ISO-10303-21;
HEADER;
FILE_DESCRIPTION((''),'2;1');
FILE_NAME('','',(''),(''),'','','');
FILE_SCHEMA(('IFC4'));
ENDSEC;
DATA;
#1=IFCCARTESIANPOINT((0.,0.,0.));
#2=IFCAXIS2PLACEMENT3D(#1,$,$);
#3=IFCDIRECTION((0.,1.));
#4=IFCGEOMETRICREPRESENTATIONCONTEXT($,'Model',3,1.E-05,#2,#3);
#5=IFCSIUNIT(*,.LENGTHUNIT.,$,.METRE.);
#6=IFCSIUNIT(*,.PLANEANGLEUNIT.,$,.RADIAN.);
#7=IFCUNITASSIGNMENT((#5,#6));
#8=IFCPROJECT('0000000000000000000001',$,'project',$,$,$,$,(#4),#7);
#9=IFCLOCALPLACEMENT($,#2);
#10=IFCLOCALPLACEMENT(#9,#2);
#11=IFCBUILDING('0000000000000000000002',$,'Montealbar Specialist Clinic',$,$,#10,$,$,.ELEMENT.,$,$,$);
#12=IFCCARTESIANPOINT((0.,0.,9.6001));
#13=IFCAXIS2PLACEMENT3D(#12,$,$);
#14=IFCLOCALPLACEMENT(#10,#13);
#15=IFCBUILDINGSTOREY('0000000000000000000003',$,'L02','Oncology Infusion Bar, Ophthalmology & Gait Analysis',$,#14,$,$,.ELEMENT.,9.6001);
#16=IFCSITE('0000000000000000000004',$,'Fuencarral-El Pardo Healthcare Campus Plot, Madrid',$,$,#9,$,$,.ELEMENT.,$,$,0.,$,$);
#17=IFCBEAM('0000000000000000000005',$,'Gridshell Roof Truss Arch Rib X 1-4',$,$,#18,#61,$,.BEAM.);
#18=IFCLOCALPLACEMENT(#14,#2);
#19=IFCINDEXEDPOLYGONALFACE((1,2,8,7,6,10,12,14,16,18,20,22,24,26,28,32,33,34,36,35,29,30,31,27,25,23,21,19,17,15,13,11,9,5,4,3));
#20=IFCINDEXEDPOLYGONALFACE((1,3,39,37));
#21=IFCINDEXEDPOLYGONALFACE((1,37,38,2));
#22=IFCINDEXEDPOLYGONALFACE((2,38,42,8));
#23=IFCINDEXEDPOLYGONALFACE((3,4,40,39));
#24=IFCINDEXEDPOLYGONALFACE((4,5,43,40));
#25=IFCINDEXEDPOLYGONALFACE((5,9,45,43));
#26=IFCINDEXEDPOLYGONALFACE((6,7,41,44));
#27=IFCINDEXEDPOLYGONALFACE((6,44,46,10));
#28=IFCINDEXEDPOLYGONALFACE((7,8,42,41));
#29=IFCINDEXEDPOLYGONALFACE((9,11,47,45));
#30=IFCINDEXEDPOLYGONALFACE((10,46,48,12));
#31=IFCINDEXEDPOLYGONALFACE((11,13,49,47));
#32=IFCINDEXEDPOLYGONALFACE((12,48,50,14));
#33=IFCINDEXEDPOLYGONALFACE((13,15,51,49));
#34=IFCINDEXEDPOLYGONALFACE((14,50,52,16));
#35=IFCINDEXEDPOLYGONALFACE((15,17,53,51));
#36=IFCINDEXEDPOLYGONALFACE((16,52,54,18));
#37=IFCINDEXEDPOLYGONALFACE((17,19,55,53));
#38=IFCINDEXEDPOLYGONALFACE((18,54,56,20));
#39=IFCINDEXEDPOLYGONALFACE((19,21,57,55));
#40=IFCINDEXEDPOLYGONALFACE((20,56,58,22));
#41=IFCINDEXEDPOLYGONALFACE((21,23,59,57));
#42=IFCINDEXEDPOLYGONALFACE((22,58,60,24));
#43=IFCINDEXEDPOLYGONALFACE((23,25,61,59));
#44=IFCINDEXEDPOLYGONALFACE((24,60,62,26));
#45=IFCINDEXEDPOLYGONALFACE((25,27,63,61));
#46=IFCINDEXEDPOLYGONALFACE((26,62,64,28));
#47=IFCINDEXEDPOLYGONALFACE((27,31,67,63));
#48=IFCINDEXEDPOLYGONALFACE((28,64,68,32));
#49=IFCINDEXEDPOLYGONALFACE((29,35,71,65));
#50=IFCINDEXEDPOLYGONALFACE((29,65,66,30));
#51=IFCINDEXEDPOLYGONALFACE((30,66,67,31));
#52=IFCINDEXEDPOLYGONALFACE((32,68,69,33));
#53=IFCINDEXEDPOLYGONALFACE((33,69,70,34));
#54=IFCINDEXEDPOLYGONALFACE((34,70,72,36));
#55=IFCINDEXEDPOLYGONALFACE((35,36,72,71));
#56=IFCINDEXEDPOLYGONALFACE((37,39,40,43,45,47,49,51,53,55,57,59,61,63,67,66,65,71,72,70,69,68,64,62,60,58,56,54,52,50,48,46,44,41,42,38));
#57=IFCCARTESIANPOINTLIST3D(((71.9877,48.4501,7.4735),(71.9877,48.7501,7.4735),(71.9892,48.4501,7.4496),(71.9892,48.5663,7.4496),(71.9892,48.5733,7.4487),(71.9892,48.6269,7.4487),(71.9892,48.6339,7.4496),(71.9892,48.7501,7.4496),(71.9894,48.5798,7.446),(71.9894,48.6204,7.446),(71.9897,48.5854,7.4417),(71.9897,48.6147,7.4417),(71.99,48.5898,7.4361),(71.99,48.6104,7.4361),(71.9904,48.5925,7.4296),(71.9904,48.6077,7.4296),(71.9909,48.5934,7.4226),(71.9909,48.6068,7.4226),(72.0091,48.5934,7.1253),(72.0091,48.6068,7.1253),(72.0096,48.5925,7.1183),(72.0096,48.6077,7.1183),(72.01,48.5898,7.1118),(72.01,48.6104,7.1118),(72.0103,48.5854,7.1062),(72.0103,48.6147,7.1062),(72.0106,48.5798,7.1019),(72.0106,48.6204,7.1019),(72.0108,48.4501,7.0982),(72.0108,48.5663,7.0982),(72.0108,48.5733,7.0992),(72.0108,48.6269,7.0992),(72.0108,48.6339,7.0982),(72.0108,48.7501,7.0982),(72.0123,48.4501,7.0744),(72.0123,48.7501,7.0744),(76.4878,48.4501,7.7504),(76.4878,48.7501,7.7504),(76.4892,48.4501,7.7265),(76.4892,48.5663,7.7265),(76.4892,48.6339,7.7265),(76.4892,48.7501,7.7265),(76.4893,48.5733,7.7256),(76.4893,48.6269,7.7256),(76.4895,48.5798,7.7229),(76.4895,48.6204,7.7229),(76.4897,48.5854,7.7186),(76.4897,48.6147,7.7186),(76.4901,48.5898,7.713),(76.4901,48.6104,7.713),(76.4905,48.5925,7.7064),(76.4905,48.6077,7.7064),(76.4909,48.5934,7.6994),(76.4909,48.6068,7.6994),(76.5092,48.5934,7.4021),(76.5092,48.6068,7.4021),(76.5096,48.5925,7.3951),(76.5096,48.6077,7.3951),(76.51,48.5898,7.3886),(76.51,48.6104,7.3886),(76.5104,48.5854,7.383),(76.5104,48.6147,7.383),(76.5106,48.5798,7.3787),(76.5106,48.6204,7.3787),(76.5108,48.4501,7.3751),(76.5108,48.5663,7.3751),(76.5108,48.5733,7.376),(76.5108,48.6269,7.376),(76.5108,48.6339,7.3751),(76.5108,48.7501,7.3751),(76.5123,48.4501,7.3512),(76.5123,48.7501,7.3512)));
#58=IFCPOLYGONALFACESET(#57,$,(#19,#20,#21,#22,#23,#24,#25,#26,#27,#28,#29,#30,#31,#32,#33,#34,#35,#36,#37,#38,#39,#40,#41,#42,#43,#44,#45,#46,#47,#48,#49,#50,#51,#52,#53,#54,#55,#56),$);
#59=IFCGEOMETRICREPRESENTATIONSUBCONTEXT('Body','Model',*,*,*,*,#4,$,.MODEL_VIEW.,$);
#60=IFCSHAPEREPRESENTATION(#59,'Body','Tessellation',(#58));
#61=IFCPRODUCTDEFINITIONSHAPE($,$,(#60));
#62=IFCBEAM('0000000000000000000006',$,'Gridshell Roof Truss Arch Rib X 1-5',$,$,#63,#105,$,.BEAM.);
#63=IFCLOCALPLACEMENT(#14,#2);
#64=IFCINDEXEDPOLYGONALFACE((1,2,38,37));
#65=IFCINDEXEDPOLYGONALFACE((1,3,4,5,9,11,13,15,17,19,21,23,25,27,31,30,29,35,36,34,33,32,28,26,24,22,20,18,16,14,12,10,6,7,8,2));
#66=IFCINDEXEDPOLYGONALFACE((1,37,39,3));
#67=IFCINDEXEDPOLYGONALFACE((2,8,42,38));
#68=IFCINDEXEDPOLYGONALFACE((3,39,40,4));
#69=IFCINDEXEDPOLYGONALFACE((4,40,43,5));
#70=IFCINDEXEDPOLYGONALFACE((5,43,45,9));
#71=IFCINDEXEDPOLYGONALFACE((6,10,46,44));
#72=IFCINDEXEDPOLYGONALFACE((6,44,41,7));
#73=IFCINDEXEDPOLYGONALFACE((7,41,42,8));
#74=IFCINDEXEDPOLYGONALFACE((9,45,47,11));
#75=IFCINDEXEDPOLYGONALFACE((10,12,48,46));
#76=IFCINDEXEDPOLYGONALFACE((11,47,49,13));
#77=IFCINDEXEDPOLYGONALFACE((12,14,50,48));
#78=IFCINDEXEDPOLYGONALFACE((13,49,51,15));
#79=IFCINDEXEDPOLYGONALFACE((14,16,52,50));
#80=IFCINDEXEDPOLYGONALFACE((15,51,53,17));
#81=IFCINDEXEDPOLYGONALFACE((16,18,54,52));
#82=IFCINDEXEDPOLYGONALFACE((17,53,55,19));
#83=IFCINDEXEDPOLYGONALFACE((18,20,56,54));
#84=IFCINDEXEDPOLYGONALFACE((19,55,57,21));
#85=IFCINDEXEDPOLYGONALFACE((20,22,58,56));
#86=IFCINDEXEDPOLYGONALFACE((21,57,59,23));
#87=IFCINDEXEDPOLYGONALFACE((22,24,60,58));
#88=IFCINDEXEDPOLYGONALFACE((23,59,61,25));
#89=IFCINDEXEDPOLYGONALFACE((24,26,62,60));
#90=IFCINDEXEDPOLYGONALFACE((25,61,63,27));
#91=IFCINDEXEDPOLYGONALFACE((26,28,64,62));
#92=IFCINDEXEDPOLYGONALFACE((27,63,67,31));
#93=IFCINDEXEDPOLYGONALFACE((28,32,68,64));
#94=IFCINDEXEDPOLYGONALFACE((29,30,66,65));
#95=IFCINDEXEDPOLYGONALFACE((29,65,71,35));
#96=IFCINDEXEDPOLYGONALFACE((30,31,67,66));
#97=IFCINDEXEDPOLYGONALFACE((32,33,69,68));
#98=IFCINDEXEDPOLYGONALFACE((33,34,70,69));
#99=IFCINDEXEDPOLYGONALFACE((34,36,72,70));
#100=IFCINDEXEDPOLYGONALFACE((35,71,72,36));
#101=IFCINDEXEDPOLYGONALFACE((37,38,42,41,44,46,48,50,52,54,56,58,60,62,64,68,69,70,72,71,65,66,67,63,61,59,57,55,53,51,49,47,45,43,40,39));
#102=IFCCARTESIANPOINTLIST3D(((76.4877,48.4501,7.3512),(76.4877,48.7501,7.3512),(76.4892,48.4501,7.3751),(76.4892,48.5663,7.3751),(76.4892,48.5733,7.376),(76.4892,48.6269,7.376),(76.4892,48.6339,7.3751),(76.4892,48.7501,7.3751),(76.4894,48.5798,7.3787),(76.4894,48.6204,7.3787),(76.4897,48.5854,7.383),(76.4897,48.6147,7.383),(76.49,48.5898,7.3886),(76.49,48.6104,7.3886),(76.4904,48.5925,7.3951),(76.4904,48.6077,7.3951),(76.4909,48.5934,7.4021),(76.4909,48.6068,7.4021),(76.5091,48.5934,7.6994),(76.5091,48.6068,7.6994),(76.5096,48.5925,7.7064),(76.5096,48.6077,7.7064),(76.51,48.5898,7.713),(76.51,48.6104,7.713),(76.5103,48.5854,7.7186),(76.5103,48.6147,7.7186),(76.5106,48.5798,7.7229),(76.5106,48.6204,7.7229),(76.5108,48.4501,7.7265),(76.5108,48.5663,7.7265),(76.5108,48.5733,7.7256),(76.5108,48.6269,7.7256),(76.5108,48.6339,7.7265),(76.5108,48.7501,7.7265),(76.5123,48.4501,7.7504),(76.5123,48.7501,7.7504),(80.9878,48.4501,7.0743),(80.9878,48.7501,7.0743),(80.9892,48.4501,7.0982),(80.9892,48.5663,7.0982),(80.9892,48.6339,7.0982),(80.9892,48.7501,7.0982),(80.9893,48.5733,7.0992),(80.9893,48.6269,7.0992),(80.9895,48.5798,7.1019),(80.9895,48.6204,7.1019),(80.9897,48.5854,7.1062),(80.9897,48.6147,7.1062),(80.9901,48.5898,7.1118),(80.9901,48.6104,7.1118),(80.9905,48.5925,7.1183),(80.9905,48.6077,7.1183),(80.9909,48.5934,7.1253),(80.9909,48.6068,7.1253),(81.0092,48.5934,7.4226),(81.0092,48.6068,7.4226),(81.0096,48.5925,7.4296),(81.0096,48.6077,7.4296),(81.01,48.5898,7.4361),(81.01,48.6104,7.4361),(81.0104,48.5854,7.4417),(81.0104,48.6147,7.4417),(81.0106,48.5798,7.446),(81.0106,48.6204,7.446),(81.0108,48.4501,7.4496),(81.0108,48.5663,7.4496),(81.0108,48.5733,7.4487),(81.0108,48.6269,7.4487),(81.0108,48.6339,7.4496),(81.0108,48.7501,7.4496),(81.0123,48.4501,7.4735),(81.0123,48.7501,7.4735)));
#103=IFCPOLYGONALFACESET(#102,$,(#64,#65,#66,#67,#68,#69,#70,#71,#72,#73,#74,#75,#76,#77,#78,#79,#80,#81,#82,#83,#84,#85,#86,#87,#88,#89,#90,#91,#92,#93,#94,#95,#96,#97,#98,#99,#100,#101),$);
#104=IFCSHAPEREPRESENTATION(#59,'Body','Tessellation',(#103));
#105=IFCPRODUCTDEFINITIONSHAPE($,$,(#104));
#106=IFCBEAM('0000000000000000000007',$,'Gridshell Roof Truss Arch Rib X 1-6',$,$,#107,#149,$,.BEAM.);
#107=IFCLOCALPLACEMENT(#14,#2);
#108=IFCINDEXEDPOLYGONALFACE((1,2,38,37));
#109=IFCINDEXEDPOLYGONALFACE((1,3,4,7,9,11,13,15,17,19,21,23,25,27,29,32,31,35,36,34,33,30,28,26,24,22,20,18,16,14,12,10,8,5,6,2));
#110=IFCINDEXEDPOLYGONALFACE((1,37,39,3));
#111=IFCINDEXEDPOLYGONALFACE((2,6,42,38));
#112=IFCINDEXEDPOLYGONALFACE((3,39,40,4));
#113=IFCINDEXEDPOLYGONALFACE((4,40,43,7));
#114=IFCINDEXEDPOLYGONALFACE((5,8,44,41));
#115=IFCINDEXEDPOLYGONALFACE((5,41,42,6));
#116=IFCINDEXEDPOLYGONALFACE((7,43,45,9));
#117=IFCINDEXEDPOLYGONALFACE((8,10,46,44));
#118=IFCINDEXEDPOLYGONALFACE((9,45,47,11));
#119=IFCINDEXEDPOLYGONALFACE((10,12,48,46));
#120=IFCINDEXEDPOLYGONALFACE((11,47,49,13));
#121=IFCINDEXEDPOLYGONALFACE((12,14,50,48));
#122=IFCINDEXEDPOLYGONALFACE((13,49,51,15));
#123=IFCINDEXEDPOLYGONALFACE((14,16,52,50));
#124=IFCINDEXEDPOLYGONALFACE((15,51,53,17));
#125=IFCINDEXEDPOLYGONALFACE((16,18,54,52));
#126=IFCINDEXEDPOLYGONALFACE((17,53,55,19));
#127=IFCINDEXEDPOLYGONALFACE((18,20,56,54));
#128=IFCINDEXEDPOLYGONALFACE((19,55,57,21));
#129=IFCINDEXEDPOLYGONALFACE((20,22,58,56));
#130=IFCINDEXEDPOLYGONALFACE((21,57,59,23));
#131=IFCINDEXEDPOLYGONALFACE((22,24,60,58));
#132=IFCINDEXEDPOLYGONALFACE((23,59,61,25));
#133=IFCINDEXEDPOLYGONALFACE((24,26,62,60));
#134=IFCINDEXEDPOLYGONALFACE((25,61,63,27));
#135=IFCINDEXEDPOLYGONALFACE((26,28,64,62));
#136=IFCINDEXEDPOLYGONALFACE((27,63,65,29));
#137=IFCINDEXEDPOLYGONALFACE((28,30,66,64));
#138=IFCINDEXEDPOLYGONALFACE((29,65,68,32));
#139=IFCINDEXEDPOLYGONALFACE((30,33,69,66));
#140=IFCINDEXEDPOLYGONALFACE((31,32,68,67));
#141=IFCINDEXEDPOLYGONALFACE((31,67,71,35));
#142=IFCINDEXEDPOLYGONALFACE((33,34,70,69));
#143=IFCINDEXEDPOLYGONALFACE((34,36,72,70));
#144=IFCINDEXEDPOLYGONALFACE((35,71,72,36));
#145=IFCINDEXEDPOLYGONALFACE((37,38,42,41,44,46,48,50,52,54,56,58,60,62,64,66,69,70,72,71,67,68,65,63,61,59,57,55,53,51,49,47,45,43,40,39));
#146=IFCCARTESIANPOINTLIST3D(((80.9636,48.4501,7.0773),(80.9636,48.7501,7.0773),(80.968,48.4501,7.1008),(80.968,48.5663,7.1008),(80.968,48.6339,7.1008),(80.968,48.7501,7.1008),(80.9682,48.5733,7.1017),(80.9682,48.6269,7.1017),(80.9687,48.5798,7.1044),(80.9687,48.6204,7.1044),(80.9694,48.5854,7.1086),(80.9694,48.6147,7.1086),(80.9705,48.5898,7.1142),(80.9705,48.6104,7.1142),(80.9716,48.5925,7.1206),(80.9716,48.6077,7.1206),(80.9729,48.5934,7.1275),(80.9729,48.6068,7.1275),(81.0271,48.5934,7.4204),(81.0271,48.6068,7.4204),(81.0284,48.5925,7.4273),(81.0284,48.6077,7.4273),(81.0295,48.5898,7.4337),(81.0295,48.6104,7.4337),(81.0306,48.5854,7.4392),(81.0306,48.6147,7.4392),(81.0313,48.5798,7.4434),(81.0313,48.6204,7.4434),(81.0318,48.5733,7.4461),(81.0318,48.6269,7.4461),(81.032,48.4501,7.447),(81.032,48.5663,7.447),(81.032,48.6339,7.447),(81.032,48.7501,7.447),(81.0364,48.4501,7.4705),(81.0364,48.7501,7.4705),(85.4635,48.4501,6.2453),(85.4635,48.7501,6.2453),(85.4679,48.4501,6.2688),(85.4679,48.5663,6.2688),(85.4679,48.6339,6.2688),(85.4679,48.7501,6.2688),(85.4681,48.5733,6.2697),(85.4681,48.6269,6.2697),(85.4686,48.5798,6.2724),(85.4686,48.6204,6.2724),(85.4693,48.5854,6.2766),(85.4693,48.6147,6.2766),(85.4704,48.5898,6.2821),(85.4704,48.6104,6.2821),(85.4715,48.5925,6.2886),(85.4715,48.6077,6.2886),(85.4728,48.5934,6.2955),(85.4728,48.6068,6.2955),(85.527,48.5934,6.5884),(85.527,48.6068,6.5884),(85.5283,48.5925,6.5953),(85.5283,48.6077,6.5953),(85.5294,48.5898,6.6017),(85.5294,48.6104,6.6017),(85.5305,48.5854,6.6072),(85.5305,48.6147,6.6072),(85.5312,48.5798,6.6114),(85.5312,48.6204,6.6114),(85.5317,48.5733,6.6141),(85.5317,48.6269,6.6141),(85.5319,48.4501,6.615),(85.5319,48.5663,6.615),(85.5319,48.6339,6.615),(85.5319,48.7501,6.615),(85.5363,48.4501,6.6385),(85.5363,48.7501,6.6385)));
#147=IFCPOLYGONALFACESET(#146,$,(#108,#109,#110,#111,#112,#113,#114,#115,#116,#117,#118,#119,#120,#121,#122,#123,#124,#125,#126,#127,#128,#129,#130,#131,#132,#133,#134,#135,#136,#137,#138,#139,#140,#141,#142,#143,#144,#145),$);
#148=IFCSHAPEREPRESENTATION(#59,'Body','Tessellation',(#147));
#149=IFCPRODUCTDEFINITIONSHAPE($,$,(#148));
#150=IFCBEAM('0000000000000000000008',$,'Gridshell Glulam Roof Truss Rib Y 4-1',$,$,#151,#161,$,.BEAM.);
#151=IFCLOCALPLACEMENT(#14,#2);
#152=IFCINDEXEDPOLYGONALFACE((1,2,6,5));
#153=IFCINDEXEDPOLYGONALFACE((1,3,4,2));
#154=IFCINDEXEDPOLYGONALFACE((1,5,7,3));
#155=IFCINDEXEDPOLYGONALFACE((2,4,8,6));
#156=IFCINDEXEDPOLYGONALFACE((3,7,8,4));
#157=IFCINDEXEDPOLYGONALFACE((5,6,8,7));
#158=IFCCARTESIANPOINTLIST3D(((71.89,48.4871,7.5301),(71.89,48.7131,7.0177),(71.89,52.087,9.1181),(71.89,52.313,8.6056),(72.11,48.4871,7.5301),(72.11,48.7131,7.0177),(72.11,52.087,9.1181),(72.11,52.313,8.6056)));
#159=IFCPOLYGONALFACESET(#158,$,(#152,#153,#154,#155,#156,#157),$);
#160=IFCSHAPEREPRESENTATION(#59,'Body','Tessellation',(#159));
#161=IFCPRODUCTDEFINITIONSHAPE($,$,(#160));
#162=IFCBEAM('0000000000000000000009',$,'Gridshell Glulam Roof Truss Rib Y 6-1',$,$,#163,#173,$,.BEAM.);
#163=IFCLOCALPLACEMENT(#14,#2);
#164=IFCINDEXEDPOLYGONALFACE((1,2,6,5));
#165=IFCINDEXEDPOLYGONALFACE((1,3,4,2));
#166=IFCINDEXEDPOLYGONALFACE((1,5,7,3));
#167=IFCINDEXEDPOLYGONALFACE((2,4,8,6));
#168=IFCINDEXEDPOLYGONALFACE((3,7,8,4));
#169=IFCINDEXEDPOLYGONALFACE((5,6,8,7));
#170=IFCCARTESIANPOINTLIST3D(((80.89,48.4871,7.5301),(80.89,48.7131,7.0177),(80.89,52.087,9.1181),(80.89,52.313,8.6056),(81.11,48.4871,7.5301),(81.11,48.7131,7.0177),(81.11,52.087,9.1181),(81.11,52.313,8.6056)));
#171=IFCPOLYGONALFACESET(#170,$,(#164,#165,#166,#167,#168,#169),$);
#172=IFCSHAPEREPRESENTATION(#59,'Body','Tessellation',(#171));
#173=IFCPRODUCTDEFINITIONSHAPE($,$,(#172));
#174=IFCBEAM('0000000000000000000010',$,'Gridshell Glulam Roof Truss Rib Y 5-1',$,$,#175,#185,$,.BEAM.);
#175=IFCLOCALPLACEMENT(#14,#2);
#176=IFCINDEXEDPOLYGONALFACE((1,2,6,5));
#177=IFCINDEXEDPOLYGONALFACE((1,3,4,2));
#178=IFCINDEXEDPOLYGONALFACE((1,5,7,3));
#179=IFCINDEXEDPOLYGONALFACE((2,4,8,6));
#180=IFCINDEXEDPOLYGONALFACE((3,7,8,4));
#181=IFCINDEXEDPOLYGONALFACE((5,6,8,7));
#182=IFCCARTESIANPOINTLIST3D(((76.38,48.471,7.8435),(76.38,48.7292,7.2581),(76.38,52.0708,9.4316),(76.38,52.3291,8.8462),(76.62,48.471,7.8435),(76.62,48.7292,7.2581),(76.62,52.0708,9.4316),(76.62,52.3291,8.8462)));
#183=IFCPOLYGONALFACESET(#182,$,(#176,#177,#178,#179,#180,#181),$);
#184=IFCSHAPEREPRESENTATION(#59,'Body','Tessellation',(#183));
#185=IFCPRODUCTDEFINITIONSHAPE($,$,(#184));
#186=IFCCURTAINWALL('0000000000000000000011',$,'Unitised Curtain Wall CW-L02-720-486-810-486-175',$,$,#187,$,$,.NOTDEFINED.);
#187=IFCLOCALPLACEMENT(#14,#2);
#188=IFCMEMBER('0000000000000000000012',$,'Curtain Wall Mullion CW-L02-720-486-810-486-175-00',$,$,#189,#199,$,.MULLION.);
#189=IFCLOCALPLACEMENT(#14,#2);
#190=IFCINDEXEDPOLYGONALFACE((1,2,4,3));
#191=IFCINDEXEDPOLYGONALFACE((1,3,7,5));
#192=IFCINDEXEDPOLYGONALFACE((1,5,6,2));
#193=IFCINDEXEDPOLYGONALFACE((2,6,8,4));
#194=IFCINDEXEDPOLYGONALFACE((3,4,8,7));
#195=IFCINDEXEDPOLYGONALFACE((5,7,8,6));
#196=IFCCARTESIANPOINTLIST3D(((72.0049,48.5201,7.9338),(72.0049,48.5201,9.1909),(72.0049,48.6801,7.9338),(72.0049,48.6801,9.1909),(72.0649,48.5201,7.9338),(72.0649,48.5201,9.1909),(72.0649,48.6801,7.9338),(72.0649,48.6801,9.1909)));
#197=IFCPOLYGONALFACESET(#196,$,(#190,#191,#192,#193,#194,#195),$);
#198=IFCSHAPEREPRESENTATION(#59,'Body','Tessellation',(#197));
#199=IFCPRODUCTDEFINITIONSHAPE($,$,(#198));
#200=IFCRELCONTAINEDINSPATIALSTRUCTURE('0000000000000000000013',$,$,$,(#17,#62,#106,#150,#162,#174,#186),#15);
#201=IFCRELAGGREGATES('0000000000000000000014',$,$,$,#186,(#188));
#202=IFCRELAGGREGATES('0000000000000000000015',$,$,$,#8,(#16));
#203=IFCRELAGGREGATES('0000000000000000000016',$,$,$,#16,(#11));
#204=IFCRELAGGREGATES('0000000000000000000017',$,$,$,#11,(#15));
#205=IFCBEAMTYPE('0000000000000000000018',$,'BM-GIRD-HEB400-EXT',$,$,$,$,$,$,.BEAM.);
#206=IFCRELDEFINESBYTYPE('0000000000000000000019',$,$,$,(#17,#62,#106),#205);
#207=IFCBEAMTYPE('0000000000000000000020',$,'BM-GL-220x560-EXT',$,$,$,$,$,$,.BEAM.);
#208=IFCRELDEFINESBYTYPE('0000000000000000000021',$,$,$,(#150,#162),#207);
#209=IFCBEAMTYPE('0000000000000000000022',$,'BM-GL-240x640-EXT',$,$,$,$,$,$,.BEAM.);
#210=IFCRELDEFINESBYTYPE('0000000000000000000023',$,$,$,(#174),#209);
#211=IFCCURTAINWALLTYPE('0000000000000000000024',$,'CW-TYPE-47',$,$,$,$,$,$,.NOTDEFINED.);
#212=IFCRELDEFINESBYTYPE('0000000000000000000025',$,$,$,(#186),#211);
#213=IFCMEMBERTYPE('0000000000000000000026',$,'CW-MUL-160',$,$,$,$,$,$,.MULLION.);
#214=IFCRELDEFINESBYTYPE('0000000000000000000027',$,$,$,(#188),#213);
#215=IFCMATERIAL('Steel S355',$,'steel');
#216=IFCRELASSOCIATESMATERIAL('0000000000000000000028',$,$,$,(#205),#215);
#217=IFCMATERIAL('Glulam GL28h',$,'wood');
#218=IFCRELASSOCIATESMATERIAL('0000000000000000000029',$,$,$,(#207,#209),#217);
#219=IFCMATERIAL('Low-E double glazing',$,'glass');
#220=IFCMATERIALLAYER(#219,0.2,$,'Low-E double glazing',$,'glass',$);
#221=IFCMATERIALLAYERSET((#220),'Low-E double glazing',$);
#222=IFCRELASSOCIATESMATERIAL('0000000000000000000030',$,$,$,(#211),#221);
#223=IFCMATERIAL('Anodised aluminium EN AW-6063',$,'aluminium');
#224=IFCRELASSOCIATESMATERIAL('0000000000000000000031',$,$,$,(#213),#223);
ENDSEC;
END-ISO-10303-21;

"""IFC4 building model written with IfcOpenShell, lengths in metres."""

from ifc_helpers import new_model, si_unit, direction, frame, origin, origin_2d, place, context, subcontext, project, spatial, rectangle, i_section, extrude, material, layer, layer_set, material_profile, profile_set, type_object, element, aggregate, save


model = new_model("IFC4")

# Units and contexts
model_context = context("Model", 3, precision=1e-05, world=origin(), true_north=direction((0.0, 1.0)))
body_context = subcontext(model_context, "Body", "Model", "MODEL_VIEW")
ifc_project = project(units=[si_unit("LENGTHUNIT", "METRE"), si_unit("PLANEANGLEUNIT", "RADIAN")], contexts=[model_context])

# Site, building, storey
site_placement = place(None, origin())
site = spatial("IfcSite", under=ifc_project, at=site_placement, Name="Fuencarral-El Pardo Healthcare Campus Plot, Madrid", CompositionType="ELEMENT", RefElevation=0.0)
building_placement = place(site_placement, origin())
building = spatial("IfcBuilding", under=site, at=building_placement, Name="Montealbar Specialist Clinic", CompositionType="ELEMENT")
storey_placement = place(building_placement, frame((0.0, 0.0, 9.6001)))
storey = spatial("IfcBuildingStorey", under=building, at=storey_placement, Name="L02", Description="Oncology Infusion Bar, Ophthalmology & Gait Analysis", CompositionType="ELEMENT", Elevation=9.6001)

# Beams
ifc_material_1 = material(Name="Steel S355", Category="steel")
ifc_material_profile_1 = material_profile(ifc_material_1, i_section(OverallWidth=0.3, OverallDepth=0.3999, WebThickness=0.0134, FlangeThickness=0.0239, FilletRadius=0.0271, at=origin_2d()), Name="HEB 400", Category="steel")
ifc_profile_set_1 = profile_set([ifc_material_profile_1], Name="Steel S355")
beam_type_1 = type_object("IfcBeamType", Name="BM-GIRD-HEB400-EXT", PredefinedType="BEAM", material=ifc_profile_set_1)
for number, where, z_axis, x_axis, name in (
    (1, (72.0, 48.6001, 7.2739), (0.998113, 0.0, 0.061407), (0.0, 1.0, 0.0), "Gridshell Roof Truss Arch Rib X 1-4"),
    (2, (76.5, 48.6001, 7.5508), (0.998113, 0.0, -0.061407), (0.0, 1.0, 0.0), "Gridshell Roof Truss Arch Rib X 1-5"),
):
    element("IfcBeam", number, at=place(storey_placement, frame(where, z_axis=z_axis, x_axis=x_axis)), inside=storey, type_object=beam_type_1, Name=name, PredefinedType="BEAM", context=body_context, shape_type="SweptSolid", body=[
        extrude(i_section(OverallWidth=0.3, OverallDepth=0.3999, WebThickness=0.0134, FlangeThickness=0.0239, FilletRadius=0.0271, at=origin_2d()), origin(), (0.0, 0.0, 1.0), 4.5085),
    ])
beam_1_placement = place(storey_placement, frame((81.0, 48.6001, 7.2739), z_axis=(0.983333, 0.0, -0.181814), x_axis=(0.0, 1.0, 0.0)))
element("IfcBeam", 3, at=beam_1_placement, inside=storey, type_object=beam_type_1, Name="Gridshell Roof Truss Arch Rib X 1-6", PredefinedType="BEAM", context=body_context, shape_type="SweptSolid", body=[
    extrude(i_section(OverallWidth=0.3, OverallDepth=0.3999, WebThickness=0.0134, FlangeThickness=0.0239, FilletRadius=0.0271, at=origin_2d()), origin(), (0.0, 0.0, 1.0), 4.5762),
])
ifc_material_2 = material(Name="Glulam GL28h", Category="wood")
ifc_material_profile_2 = material_profile(ifc_material_2, rectangle(XDim=0.22, YDim=0.5601, at=origin_2d()), Name="GL28h 220x560", Category="wood")
ifc_profile_set_2 = profile_set([ifc_material_profile_2], Name="Glulam GL28h")
beam_type_2 = type_object("IfcBeamType", Name="BM-GL-220x560-EXT", PredefinedType="BEAM", material=ifc_profile_set_2)
for number, where, z_axis, x_axis, name in (
    (4, (72.0, 48.6001, 7.2739), (0.0, 0.914944, 0.403581), (-1.0, 0.0, 0.0), "Gridshell Glulam Roof Truss Rib Y 4-1"),
    (5, (81.0, 48.6001, 7.2739), (0.0, 0.914944, 0.403581), (-1.0, 0.0, 0.0), "Gridshell Glulam Roof Truss Rib Y 6-1"),
):
    element("IfcBeam", number, at=place(storey_placement, frame(where, z_axis=z_axis, x_axis=x_axis)), inside=storey, type_object=beam_type_2, Name=name, PredefinedType="BEAM", context=body_context, shape_type="SweptSolid", body=[
        extrude(rectangle(XDim=0.22, YDim=0.5601, at=origin_2d()), origin(), (0.0, 0.0, 1.0), 3.9346),
    ])
ifc_material_profile_3 = material_profile(ifc_material_2, rectangle(XDim=0.24, YDim=0.6399, at=origin_2d()), Name="GL28h 240x640", Category="wood")
ifc_profile_set_3 = profile_set([ifc_material_profile_3], Name="Glulam GL28h")
beam_type_3 = type_object("IfcBeamType", Name="BM-GL-240x640-EXT", PredefinedType="BEAM", material=ifc_profile_set_3)
beam_2_placement = place(storey_placement, frame((76.5, 48.6001, 7.5508), z_axis=(0.0, 0.914921, 0.403633), x_axis=(-1.0, 0.0, 0.0)))
element("IfcBeam", 6, at=beam_2_placement, inside=storey, type_object=beam_type_3, Name="Gridshell Glulam Roof Truss Rib Y 5-1", PredefinedType="BEAM", context=body_context, shape_type="SweptSolid", body=[
    extrude(rectangle(XDim=0.24, YDim=0.6399, at=origin_2d()), origin(), (0.0, 0.0, 1.0), 3.9346),
])

# Curtain wall, member
ifc_material_3 = material(Name="Low-E double glazing", Category="glass")
ifc_layer_1 = layer(ifc_material_3, 0.2, Name="Low-E double glazing", Category="glass")
ifc_layer_set_1 = layer_set([ifc_layer_1], Name="Low-E double glazing")
curtain_wall_type = type_object("IfcCurtainWallType", Name="CW-TYPE-47", PredefinedType="NOTDEFINED", material=ifc_layer_set_1)
curtain_wall_placement = place(storey_placement, origin())
curtain_wall = element("IfcCurtainWall", 7, at=curtain_wall_placement, inside=storey, type_object=curtain_wall_type, Name="Unitised Curtain Wall CW-L02-720-486-810-486-175", PredefinedType="NOTDEFINED")
ifc_material_4 = material(Name="Anodised aluminium EN AW-6063", Category="aluminium")
ifc_material_profile_4 = material_profile(ifc_material_4, rectangle(XDim=0.0601, YDim=0.1599, at=origin_2d()), Name="ALU 60x160", Category="aluminium")
ifc_profile_set_4 = profile_set([ifc_material_profile_4], Name="Anodised aluminium EN AW-6063")
member_type_1 = type_object("IfcMemberType", Name="CW-MUL-160", PredefinedType="MULLION", material=ifc_profile_set_4)
member_1_placement = place(storey_placement, frame((72.0349, 48.6001, 7.9338), z_axis=(0.0, 0.0, 1.0), x_axis=(1.0, 0.0, 0.0)))
member_1 = element("IfcMember", 8, at=member_1_placement, type_object=member_type_1, Name="Curtain Wall Mullion CW-L02-720-486-810-486-175-00", PredefinedType="MULLION", context=body_context, shape_type="SweptSolid", body=[
    extrude(rectangle(XDim=0.0601, YDim=0.1599, at=origin_2d()), origin(), (0.0, 0.0, 1.0), 1.2571),
])

aggregate(curtain_wall, [member_1])

save(model, "model.ifc")
